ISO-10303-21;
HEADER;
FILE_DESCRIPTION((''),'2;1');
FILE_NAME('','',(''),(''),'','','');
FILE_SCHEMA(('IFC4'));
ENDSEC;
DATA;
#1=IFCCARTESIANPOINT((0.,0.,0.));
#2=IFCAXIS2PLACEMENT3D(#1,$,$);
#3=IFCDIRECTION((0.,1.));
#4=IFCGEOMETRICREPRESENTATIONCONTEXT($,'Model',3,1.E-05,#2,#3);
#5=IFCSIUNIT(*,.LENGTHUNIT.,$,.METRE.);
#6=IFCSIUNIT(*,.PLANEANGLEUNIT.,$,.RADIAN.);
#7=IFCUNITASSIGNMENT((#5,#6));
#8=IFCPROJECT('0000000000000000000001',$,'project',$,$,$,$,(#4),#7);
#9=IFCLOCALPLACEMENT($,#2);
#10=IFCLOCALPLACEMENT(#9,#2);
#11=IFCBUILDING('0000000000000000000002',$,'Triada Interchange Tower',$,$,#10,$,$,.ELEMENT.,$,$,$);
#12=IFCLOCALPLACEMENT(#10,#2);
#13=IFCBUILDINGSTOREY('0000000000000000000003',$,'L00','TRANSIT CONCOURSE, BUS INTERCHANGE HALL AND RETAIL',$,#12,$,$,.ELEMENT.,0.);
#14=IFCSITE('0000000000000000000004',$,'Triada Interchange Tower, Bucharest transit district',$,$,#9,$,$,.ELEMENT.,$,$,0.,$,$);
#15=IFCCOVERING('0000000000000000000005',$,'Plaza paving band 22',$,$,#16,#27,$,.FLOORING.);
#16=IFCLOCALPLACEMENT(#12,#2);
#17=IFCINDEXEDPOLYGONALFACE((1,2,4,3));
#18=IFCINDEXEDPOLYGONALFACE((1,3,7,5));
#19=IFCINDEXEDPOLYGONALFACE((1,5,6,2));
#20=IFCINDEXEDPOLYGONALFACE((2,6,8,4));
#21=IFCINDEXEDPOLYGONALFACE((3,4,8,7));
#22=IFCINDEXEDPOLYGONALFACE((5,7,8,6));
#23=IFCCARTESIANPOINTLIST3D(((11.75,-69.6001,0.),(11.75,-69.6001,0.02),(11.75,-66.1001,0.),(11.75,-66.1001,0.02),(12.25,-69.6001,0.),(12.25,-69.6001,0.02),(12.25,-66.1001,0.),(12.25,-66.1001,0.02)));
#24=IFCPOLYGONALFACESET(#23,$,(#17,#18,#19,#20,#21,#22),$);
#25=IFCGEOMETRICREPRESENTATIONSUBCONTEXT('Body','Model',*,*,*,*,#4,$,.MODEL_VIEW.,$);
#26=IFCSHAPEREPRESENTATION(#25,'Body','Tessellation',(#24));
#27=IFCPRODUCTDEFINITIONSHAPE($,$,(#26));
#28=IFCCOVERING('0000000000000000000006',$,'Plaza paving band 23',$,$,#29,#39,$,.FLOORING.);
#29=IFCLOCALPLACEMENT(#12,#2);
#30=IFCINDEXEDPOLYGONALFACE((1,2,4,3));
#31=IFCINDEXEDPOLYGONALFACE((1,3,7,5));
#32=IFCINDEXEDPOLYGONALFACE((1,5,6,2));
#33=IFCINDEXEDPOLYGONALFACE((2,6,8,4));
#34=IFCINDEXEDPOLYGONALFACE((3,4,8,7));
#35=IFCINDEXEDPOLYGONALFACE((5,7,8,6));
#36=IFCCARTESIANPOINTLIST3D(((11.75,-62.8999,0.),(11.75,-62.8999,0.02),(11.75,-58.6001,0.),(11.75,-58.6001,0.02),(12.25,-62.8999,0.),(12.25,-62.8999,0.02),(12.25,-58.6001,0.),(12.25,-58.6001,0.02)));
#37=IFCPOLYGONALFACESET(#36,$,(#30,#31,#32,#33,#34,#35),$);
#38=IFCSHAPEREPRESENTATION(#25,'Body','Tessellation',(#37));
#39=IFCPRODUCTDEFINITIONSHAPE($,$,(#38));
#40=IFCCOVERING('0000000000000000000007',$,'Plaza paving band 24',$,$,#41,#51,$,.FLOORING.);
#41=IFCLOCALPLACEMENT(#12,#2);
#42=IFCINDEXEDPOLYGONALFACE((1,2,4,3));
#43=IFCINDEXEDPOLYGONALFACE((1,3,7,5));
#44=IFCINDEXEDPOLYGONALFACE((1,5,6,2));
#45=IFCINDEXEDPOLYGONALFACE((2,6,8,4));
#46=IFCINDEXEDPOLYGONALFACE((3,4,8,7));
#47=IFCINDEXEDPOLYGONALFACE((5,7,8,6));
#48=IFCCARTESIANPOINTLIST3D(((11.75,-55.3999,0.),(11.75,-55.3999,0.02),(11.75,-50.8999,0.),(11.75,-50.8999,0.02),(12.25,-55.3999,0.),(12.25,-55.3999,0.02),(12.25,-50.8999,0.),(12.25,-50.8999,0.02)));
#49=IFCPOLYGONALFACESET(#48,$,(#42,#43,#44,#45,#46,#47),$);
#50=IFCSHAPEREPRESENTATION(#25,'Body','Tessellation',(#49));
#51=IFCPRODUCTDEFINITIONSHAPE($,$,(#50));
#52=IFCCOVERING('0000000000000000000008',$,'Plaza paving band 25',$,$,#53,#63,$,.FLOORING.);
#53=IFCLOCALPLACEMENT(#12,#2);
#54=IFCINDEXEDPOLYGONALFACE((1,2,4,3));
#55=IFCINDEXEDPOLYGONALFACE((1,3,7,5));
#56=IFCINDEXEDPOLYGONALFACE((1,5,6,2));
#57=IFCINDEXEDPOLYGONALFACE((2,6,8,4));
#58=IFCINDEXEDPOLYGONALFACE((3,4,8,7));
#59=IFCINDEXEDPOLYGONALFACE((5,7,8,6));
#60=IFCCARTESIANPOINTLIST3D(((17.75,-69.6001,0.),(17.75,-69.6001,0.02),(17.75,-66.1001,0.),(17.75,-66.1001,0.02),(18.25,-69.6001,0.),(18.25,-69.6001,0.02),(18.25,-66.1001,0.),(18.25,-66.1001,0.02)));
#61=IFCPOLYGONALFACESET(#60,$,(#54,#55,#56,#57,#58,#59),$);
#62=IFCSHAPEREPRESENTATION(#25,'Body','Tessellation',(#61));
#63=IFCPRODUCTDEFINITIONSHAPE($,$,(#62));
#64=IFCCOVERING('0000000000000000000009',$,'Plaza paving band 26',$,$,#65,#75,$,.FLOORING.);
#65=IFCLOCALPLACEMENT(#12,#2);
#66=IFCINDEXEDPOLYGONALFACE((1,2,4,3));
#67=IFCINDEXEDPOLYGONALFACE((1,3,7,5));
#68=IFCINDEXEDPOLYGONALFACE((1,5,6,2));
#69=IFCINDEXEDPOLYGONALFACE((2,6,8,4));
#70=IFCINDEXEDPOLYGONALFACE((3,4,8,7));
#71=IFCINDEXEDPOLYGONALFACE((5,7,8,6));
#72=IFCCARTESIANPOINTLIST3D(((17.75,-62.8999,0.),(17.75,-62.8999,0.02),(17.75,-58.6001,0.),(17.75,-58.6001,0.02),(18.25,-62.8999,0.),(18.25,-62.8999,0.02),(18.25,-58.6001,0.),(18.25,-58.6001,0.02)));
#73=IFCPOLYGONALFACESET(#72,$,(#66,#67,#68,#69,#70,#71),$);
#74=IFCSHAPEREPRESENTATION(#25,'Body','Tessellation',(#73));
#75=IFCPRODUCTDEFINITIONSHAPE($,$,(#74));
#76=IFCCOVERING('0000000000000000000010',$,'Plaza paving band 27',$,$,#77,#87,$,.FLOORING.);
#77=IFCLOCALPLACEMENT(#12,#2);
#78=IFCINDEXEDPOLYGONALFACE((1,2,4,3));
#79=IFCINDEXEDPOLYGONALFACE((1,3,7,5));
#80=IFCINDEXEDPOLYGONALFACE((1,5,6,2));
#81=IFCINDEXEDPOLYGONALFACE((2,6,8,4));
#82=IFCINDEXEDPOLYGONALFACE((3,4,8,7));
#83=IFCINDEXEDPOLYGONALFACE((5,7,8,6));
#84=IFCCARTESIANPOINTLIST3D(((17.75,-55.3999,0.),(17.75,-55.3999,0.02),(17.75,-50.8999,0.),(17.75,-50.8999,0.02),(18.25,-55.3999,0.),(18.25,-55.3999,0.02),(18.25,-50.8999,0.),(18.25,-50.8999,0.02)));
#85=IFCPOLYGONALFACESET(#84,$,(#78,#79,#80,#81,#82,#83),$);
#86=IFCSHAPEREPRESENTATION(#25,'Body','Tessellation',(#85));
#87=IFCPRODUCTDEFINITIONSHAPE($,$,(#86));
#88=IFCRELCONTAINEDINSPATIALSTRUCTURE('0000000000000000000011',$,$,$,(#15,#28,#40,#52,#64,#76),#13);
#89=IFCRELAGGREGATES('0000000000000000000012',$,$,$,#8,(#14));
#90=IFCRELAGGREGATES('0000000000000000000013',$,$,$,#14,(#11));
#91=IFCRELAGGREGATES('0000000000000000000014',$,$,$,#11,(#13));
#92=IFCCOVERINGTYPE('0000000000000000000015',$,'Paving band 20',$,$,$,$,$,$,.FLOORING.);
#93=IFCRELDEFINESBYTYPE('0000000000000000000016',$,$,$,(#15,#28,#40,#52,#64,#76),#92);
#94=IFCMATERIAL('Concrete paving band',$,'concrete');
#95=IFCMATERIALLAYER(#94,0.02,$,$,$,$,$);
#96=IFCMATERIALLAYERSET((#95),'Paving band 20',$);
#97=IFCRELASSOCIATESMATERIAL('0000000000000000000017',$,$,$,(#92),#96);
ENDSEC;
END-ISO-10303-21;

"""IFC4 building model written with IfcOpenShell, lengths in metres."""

from ifc_helpers import new_model, si_unit, direction, origin, place, context, subcontext, project, spatial, polyline, outline, extrude, material, layer, layer_set, type_object, element, save


model = new_model("IFC4")

# Units and contexts
model_context = context("Model", 3, precision=1e-05, world=origin(), true_north=direction((0.0, 1.0)))
body_context = subcontext(model_context, "Body", "Model", "MODEL_VIEW")
ifc_project = project(units=[si_unit("LENGTHUNIT", "METRE"), si_unit("PLANEANGLEUNIT", "RADIAN")], contexts=[model_context])

# Site, building, storey
site_placement = place(None, origin())
site = spatial("IfcSite", under=ifc_project, at=site_placement, Name="Triada Interchange Tower, Bucharest transit district", CompositionType="ELEMENT", RefElevation=0.0)
building_placement = place(site_placement, origin())
building = spatial("IfcBuilding", under=site, at=building_placement, Name="Triada Interchange Tower", CompositionType="ELEMENT")
storey_placement = place(building_placement, origin())
storey = spatial("IfcBuildingStorey", under=building, at=storey_placement, Name="L00", Description="TRANSIT CONCOURSE, BUS INTERCHANGE HALL AND RETAIL", CompositionType="ELEMENT", Elevation=0.0)

# Coverings
ifc_material_1 = material(Name="Concrete paving band", Category="concrete")
ifc_layer_1 = layer(ifc_material_1, 0.02)
ifc_layer_set_1 = layer_set([ifc_layer_1], Name="Paving band 20")
covering_type = type_object("IfcCoveringType", Name="Paving band 20", PredefinedType="FLOORING", material=ifc_layer_set_1)
covering_1_placement = place(storey_placement, origin())
element("IfcCovering", 1, at=covering_1_placement, inside=storey, type_object=covering_type, Name="Plaza paving band 22", PredefinedType="FLOORING", context=body_context, shape_type="SweptSolid", body=[
    extrude(outline(polyline([(12.25, -66.1001), (11.75, -66.1001), (11.75, -69.6001), (12.25, -69.6001), (12.25, -66.1001)])), origin(), (0.0, 0.0, 1.0), 0.02),
])
covering_2_placement = place(storey_placement, origin())
element("IfcCovering", 2, at=covering_2_placement, inside=storey, type_object=covering_type, Name="Plaza paving band 23", PredefinedType="FLOORING", context=body_context, shape_type="SweptSolid", body=[
    extrude(outline(polyline([(12.25, -58.6001), (11.75, -58.6001), (11.75, -62.8999), (12.25, -62.8999), (12.25, -58.6001)])), origin(), (0.0, 0.0, 1.0), 0.02),
])
covering_3_placement = place(storey_placement, origin())
element("IfcCovering", 3, at=covering_3_placement, inside=storey, type_object=covering_type, Name="Plaza paving band 24", PredefinedType="FLOORING", context=body_context, shape_type="SweptSolid", body=[
    extrude(outline(polyline([(11.75, -55.3999), (12.25, -55.3999), (12.25, -50.8999), (11.75, -50.8999), (11.75, -55.3999)])), origin(), (0.0, 0.0, 1.0), 0.02),
])
covering_4_placement = place(storey_placement, origin())
element("IfcCovering", 4, at=covering_4_placement, inside=storey, type_object=covering_type, Name="Plaza paving band 25", PredefinedType="FLOORING", context=body_context, shape_type="SweptSolid", body=[
    extrude(outline(polyline([(18.25, -66.1001), (17.75, -66.1001), (17.75, -69.6001), (18.25, -69.6001), (18.25, -66.1001)])), origin(), (0.0, 0.0, 1.0), 0.02),
])
covering_5_placement = place(storey_placement, origin())
element("IfcCovering", 5, at=covering_5_placement, inside=storey, type_object=covering_type, Name="Plaza paving band 26", PredefinedType="FLOORING", context=body_context, shape_type="SweptSolid", body=[
    extrude(outline(polyline([(18.25, -58.6001), (17.75, -58.6001), (17.75, -62.8999), (18.25, -62.8999), (18.25, -58.6001)])), origin(), (0.0, 0.0, 1.0), 0.02),
])
covering_6_placement = place(storey_placement, origin())
element("IfcCovering", 6, at=covering_6_placement, inside=storey, type_object=covering_type, Name="Plaza paving band 27", PredefinedType="FLOORING", context=body_context, shape_type="SweptSolid", body=[
    extrude(outline(polyline([(17.75, -55.3999), (18.25, -55.3999), (18.25, -50.8999), (17.75, -50.8999), (17.75, -55.3999)])), origin(), (0.0, 0.0, 1.0), 0.02),
])

save(model, "model.ifc")
